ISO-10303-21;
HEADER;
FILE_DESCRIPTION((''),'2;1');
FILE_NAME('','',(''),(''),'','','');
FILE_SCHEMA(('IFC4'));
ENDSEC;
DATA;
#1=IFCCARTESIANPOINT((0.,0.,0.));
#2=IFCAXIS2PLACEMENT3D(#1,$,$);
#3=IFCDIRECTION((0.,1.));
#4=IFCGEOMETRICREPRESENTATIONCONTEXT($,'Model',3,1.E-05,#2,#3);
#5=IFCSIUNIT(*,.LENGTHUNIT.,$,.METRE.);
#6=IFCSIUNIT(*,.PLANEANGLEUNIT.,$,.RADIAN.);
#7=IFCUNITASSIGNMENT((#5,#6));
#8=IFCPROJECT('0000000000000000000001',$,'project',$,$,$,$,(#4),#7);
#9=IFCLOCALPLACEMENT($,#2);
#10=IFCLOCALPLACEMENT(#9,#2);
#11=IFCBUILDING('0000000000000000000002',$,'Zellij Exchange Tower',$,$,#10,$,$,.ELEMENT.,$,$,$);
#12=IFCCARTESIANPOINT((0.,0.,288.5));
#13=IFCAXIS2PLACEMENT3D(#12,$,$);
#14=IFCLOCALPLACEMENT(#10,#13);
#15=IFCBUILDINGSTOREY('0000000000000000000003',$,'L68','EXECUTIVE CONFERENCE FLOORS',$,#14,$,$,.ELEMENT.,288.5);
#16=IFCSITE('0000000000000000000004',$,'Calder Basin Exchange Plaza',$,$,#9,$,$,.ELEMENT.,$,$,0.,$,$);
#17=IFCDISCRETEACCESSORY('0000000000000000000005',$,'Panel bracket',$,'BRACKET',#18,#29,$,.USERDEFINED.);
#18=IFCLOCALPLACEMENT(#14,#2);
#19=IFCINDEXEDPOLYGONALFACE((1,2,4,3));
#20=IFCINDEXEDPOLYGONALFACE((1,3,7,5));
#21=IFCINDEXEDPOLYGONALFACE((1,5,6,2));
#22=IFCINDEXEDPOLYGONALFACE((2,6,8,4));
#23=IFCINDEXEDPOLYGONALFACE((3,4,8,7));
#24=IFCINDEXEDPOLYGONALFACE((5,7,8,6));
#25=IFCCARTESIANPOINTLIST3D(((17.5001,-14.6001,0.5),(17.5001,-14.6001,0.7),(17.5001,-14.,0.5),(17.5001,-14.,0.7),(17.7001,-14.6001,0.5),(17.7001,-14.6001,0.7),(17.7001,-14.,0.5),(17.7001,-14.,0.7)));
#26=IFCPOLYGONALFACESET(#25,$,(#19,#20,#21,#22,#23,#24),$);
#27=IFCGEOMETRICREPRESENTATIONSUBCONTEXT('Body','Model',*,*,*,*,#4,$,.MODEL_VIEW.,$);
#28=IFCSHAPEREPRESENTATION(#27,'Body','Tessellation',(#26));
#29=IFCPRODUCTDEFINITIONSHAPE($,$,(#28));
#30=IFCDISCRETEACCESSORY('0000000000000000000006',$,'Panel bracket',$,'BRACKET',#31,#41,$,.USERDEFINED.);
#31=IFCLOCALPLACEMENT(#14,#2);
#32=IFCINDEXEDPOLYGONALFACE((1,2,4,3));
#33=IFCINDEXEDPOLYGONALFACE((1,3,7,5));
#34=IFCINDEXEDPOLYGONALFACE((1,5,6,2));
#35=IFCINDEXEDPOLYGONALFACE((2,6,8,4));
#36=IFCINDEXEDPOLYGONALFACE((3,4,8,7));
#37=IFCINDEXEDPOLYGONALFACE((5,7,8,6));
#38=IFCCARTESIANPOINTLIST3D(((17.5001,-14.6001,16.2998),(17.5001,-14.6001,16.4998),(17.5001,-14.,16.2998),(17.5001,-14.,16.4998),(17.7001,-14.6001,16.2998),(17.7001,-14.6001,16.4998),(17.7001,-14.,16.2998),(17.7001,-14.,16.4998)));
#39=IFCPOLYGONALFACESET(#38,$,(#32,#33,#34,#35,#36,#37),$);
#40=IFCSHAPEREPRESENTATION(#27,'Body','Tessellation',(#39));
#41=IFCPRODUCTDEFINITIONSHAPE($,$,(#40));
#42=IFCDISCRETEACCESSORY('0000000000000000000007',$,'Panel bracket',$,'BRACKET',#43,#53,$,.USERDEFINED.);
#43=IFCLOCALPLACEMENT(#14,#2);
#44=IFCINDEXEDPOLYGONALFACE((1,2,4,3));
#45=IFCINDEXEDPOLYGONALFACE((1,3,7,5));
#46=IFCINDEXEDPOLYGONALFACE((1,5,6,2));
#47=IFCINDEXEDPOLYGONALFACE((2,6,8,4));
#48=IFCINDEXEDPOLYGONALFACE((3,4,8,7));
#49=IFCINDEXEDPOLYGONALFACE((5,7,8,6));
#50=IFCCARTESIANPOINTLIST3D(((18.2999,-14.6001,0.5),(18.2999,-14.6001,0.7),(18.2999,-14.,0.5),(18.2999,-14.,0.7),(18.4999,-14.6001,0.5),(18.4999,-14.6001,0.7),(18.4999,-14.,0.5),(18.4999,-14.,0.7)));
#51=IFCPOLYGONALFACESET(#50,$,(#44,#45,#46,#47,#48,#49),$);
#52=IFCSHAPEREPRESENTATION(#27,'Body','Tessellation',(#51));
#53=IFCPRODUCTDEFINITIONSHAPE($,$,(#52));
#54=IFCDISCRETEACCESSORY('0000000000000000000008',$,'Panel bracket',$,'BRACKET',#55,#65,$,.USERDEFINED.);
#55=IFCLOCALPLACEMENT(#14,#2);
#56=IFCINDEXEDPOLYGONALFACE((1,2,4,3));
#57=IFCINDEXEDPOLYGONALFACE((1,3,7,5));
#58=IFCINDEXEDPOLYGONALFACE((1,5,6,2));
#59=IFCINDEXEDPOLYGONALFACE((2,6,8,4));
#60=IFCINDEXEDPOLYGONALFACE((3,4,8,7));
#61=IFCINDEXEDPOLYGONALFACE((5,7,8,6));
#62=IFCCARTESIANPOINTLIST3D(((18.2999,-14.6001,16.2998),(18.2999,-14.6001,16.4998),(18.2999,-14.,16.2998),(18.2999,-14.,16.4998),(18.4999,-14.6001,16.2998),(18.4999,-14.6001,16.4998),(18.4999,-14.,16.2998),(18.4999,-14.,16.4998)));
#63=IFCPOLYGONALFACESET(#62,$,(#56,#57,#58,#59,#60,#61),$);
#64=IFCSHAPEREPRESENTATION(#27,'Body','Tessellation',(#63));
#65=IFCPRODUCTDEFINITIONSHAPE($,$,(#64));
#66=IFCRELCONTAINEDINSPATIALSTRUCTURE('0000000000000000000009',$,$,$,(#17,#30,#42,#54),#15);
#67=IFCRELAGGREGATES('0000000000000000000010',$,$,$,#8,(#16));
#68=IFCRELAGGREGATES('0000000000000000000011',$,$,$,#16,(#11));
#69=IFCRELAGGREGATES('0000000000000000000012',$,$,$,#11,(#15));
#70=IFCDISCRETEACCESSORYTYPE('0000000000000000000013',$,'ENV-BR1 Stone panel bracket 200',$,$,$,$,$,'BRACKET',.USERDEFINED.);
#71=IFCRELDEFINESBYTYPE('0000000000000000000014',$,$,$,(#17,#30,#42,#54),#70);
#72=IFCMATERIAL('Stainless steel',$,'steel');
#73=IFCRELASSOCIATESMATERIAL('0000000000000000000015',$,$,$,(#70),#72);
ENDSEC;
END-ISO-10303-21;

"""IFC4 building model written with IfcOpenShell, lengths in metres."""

from ifc_helpers import new_model, si_unit, direction, frame, origin, origin_2d, place, context, subcontext, project, spatial, rectangle, extrude, material, type_object, element, save


model = new_model("IFC4")

# Units and contexts
model_context = context("Model", 3, precision=1e-05, world=origin(), true_north=direction((0.0, 1.0)))
body_context = subcontext(model_context, "Body", "Model", "MODEL_VIEW")
ifc_project = project(units=[si_unit("LENGTHUNIT", "METRE"), si_unit("PLANEANGLEUNIT", "RADIAN")], contexts=[model_context])

# Site, building, storey
site_placement = place(None, origin())
site = spatial("IfcSite", under=ifc_project, at=site_placement, Name="Calder Basin Exchange Plaza", CompositionType="ELEMENT", RefElevation=0.0)
building_placement = place(site_placement, origin())
building = spatial("IfcBuilding", under=site, at=building_placement, Name="Zellij Exchange Tower", CompositionType="ELEMENT")
storey_placement = place(building_placement, frame((0.0, 0.0, 288.5)))
storey = spatial("IfcBuildingStorey", under=building, at=storey_placement, Name="L68", Description="EXECUTIVE CONFERENCE FLOORS", CompositionType="ELEMENT", Elevation=288.5)

# Shared definitions
ifc_material_1 = material(Name="Stainless steel", Category="steel")

# Discrete accessories
discrete_accessory_type = type_object("IfcDiscreteAccessoryType", Name="ENV-BR1 Stone panel bracket 200", ElementType="BRACKET", PredefinedType="USERDEFINED", material=ifc_material_1)
for number, where, z_axis, x_axis, name in (
    (1, (17.6001, -14.3, 0.5), (0.0, 0.0, 1.0), (1.0, 0.0, 0.0), "Panel bracket"),
    (2, (17.6001, -14.3, 16.2998), (0.0, 0.0, 1.0), (1.0, 0.0, 0.0), "Panel bracket"),
    (3, (18.3999, -14.3, 0.5), (0.0, 0.0, 1.0), (1.0, 0.0, 0.0), "Panel bracket"),
    (4, (18.3999, -14.3, 16.2998), (0.0, 0.0, 1.0), (1.0, 0.0, 0.0), "Panel bracket"),
):
    element("IfcDiscreteAccessory", number, at=place(storey_placement, frame(where, z_axis=z_axis, x_axis=x_axis)), inside=storey, type_object=discrete_accessory_type, Name=name, ObjectType="BRACKET", PredefinedType="USERDEFINED", context=body_context, shape_type="SweptSolid", body=[
        extrude(rectangle(XDim=0.2, YDim=0.6001, at=origin_2d()), origin(), (0.0, 0.0, 1.0), 0.2),
    ])

save(model, "model.ifc")
